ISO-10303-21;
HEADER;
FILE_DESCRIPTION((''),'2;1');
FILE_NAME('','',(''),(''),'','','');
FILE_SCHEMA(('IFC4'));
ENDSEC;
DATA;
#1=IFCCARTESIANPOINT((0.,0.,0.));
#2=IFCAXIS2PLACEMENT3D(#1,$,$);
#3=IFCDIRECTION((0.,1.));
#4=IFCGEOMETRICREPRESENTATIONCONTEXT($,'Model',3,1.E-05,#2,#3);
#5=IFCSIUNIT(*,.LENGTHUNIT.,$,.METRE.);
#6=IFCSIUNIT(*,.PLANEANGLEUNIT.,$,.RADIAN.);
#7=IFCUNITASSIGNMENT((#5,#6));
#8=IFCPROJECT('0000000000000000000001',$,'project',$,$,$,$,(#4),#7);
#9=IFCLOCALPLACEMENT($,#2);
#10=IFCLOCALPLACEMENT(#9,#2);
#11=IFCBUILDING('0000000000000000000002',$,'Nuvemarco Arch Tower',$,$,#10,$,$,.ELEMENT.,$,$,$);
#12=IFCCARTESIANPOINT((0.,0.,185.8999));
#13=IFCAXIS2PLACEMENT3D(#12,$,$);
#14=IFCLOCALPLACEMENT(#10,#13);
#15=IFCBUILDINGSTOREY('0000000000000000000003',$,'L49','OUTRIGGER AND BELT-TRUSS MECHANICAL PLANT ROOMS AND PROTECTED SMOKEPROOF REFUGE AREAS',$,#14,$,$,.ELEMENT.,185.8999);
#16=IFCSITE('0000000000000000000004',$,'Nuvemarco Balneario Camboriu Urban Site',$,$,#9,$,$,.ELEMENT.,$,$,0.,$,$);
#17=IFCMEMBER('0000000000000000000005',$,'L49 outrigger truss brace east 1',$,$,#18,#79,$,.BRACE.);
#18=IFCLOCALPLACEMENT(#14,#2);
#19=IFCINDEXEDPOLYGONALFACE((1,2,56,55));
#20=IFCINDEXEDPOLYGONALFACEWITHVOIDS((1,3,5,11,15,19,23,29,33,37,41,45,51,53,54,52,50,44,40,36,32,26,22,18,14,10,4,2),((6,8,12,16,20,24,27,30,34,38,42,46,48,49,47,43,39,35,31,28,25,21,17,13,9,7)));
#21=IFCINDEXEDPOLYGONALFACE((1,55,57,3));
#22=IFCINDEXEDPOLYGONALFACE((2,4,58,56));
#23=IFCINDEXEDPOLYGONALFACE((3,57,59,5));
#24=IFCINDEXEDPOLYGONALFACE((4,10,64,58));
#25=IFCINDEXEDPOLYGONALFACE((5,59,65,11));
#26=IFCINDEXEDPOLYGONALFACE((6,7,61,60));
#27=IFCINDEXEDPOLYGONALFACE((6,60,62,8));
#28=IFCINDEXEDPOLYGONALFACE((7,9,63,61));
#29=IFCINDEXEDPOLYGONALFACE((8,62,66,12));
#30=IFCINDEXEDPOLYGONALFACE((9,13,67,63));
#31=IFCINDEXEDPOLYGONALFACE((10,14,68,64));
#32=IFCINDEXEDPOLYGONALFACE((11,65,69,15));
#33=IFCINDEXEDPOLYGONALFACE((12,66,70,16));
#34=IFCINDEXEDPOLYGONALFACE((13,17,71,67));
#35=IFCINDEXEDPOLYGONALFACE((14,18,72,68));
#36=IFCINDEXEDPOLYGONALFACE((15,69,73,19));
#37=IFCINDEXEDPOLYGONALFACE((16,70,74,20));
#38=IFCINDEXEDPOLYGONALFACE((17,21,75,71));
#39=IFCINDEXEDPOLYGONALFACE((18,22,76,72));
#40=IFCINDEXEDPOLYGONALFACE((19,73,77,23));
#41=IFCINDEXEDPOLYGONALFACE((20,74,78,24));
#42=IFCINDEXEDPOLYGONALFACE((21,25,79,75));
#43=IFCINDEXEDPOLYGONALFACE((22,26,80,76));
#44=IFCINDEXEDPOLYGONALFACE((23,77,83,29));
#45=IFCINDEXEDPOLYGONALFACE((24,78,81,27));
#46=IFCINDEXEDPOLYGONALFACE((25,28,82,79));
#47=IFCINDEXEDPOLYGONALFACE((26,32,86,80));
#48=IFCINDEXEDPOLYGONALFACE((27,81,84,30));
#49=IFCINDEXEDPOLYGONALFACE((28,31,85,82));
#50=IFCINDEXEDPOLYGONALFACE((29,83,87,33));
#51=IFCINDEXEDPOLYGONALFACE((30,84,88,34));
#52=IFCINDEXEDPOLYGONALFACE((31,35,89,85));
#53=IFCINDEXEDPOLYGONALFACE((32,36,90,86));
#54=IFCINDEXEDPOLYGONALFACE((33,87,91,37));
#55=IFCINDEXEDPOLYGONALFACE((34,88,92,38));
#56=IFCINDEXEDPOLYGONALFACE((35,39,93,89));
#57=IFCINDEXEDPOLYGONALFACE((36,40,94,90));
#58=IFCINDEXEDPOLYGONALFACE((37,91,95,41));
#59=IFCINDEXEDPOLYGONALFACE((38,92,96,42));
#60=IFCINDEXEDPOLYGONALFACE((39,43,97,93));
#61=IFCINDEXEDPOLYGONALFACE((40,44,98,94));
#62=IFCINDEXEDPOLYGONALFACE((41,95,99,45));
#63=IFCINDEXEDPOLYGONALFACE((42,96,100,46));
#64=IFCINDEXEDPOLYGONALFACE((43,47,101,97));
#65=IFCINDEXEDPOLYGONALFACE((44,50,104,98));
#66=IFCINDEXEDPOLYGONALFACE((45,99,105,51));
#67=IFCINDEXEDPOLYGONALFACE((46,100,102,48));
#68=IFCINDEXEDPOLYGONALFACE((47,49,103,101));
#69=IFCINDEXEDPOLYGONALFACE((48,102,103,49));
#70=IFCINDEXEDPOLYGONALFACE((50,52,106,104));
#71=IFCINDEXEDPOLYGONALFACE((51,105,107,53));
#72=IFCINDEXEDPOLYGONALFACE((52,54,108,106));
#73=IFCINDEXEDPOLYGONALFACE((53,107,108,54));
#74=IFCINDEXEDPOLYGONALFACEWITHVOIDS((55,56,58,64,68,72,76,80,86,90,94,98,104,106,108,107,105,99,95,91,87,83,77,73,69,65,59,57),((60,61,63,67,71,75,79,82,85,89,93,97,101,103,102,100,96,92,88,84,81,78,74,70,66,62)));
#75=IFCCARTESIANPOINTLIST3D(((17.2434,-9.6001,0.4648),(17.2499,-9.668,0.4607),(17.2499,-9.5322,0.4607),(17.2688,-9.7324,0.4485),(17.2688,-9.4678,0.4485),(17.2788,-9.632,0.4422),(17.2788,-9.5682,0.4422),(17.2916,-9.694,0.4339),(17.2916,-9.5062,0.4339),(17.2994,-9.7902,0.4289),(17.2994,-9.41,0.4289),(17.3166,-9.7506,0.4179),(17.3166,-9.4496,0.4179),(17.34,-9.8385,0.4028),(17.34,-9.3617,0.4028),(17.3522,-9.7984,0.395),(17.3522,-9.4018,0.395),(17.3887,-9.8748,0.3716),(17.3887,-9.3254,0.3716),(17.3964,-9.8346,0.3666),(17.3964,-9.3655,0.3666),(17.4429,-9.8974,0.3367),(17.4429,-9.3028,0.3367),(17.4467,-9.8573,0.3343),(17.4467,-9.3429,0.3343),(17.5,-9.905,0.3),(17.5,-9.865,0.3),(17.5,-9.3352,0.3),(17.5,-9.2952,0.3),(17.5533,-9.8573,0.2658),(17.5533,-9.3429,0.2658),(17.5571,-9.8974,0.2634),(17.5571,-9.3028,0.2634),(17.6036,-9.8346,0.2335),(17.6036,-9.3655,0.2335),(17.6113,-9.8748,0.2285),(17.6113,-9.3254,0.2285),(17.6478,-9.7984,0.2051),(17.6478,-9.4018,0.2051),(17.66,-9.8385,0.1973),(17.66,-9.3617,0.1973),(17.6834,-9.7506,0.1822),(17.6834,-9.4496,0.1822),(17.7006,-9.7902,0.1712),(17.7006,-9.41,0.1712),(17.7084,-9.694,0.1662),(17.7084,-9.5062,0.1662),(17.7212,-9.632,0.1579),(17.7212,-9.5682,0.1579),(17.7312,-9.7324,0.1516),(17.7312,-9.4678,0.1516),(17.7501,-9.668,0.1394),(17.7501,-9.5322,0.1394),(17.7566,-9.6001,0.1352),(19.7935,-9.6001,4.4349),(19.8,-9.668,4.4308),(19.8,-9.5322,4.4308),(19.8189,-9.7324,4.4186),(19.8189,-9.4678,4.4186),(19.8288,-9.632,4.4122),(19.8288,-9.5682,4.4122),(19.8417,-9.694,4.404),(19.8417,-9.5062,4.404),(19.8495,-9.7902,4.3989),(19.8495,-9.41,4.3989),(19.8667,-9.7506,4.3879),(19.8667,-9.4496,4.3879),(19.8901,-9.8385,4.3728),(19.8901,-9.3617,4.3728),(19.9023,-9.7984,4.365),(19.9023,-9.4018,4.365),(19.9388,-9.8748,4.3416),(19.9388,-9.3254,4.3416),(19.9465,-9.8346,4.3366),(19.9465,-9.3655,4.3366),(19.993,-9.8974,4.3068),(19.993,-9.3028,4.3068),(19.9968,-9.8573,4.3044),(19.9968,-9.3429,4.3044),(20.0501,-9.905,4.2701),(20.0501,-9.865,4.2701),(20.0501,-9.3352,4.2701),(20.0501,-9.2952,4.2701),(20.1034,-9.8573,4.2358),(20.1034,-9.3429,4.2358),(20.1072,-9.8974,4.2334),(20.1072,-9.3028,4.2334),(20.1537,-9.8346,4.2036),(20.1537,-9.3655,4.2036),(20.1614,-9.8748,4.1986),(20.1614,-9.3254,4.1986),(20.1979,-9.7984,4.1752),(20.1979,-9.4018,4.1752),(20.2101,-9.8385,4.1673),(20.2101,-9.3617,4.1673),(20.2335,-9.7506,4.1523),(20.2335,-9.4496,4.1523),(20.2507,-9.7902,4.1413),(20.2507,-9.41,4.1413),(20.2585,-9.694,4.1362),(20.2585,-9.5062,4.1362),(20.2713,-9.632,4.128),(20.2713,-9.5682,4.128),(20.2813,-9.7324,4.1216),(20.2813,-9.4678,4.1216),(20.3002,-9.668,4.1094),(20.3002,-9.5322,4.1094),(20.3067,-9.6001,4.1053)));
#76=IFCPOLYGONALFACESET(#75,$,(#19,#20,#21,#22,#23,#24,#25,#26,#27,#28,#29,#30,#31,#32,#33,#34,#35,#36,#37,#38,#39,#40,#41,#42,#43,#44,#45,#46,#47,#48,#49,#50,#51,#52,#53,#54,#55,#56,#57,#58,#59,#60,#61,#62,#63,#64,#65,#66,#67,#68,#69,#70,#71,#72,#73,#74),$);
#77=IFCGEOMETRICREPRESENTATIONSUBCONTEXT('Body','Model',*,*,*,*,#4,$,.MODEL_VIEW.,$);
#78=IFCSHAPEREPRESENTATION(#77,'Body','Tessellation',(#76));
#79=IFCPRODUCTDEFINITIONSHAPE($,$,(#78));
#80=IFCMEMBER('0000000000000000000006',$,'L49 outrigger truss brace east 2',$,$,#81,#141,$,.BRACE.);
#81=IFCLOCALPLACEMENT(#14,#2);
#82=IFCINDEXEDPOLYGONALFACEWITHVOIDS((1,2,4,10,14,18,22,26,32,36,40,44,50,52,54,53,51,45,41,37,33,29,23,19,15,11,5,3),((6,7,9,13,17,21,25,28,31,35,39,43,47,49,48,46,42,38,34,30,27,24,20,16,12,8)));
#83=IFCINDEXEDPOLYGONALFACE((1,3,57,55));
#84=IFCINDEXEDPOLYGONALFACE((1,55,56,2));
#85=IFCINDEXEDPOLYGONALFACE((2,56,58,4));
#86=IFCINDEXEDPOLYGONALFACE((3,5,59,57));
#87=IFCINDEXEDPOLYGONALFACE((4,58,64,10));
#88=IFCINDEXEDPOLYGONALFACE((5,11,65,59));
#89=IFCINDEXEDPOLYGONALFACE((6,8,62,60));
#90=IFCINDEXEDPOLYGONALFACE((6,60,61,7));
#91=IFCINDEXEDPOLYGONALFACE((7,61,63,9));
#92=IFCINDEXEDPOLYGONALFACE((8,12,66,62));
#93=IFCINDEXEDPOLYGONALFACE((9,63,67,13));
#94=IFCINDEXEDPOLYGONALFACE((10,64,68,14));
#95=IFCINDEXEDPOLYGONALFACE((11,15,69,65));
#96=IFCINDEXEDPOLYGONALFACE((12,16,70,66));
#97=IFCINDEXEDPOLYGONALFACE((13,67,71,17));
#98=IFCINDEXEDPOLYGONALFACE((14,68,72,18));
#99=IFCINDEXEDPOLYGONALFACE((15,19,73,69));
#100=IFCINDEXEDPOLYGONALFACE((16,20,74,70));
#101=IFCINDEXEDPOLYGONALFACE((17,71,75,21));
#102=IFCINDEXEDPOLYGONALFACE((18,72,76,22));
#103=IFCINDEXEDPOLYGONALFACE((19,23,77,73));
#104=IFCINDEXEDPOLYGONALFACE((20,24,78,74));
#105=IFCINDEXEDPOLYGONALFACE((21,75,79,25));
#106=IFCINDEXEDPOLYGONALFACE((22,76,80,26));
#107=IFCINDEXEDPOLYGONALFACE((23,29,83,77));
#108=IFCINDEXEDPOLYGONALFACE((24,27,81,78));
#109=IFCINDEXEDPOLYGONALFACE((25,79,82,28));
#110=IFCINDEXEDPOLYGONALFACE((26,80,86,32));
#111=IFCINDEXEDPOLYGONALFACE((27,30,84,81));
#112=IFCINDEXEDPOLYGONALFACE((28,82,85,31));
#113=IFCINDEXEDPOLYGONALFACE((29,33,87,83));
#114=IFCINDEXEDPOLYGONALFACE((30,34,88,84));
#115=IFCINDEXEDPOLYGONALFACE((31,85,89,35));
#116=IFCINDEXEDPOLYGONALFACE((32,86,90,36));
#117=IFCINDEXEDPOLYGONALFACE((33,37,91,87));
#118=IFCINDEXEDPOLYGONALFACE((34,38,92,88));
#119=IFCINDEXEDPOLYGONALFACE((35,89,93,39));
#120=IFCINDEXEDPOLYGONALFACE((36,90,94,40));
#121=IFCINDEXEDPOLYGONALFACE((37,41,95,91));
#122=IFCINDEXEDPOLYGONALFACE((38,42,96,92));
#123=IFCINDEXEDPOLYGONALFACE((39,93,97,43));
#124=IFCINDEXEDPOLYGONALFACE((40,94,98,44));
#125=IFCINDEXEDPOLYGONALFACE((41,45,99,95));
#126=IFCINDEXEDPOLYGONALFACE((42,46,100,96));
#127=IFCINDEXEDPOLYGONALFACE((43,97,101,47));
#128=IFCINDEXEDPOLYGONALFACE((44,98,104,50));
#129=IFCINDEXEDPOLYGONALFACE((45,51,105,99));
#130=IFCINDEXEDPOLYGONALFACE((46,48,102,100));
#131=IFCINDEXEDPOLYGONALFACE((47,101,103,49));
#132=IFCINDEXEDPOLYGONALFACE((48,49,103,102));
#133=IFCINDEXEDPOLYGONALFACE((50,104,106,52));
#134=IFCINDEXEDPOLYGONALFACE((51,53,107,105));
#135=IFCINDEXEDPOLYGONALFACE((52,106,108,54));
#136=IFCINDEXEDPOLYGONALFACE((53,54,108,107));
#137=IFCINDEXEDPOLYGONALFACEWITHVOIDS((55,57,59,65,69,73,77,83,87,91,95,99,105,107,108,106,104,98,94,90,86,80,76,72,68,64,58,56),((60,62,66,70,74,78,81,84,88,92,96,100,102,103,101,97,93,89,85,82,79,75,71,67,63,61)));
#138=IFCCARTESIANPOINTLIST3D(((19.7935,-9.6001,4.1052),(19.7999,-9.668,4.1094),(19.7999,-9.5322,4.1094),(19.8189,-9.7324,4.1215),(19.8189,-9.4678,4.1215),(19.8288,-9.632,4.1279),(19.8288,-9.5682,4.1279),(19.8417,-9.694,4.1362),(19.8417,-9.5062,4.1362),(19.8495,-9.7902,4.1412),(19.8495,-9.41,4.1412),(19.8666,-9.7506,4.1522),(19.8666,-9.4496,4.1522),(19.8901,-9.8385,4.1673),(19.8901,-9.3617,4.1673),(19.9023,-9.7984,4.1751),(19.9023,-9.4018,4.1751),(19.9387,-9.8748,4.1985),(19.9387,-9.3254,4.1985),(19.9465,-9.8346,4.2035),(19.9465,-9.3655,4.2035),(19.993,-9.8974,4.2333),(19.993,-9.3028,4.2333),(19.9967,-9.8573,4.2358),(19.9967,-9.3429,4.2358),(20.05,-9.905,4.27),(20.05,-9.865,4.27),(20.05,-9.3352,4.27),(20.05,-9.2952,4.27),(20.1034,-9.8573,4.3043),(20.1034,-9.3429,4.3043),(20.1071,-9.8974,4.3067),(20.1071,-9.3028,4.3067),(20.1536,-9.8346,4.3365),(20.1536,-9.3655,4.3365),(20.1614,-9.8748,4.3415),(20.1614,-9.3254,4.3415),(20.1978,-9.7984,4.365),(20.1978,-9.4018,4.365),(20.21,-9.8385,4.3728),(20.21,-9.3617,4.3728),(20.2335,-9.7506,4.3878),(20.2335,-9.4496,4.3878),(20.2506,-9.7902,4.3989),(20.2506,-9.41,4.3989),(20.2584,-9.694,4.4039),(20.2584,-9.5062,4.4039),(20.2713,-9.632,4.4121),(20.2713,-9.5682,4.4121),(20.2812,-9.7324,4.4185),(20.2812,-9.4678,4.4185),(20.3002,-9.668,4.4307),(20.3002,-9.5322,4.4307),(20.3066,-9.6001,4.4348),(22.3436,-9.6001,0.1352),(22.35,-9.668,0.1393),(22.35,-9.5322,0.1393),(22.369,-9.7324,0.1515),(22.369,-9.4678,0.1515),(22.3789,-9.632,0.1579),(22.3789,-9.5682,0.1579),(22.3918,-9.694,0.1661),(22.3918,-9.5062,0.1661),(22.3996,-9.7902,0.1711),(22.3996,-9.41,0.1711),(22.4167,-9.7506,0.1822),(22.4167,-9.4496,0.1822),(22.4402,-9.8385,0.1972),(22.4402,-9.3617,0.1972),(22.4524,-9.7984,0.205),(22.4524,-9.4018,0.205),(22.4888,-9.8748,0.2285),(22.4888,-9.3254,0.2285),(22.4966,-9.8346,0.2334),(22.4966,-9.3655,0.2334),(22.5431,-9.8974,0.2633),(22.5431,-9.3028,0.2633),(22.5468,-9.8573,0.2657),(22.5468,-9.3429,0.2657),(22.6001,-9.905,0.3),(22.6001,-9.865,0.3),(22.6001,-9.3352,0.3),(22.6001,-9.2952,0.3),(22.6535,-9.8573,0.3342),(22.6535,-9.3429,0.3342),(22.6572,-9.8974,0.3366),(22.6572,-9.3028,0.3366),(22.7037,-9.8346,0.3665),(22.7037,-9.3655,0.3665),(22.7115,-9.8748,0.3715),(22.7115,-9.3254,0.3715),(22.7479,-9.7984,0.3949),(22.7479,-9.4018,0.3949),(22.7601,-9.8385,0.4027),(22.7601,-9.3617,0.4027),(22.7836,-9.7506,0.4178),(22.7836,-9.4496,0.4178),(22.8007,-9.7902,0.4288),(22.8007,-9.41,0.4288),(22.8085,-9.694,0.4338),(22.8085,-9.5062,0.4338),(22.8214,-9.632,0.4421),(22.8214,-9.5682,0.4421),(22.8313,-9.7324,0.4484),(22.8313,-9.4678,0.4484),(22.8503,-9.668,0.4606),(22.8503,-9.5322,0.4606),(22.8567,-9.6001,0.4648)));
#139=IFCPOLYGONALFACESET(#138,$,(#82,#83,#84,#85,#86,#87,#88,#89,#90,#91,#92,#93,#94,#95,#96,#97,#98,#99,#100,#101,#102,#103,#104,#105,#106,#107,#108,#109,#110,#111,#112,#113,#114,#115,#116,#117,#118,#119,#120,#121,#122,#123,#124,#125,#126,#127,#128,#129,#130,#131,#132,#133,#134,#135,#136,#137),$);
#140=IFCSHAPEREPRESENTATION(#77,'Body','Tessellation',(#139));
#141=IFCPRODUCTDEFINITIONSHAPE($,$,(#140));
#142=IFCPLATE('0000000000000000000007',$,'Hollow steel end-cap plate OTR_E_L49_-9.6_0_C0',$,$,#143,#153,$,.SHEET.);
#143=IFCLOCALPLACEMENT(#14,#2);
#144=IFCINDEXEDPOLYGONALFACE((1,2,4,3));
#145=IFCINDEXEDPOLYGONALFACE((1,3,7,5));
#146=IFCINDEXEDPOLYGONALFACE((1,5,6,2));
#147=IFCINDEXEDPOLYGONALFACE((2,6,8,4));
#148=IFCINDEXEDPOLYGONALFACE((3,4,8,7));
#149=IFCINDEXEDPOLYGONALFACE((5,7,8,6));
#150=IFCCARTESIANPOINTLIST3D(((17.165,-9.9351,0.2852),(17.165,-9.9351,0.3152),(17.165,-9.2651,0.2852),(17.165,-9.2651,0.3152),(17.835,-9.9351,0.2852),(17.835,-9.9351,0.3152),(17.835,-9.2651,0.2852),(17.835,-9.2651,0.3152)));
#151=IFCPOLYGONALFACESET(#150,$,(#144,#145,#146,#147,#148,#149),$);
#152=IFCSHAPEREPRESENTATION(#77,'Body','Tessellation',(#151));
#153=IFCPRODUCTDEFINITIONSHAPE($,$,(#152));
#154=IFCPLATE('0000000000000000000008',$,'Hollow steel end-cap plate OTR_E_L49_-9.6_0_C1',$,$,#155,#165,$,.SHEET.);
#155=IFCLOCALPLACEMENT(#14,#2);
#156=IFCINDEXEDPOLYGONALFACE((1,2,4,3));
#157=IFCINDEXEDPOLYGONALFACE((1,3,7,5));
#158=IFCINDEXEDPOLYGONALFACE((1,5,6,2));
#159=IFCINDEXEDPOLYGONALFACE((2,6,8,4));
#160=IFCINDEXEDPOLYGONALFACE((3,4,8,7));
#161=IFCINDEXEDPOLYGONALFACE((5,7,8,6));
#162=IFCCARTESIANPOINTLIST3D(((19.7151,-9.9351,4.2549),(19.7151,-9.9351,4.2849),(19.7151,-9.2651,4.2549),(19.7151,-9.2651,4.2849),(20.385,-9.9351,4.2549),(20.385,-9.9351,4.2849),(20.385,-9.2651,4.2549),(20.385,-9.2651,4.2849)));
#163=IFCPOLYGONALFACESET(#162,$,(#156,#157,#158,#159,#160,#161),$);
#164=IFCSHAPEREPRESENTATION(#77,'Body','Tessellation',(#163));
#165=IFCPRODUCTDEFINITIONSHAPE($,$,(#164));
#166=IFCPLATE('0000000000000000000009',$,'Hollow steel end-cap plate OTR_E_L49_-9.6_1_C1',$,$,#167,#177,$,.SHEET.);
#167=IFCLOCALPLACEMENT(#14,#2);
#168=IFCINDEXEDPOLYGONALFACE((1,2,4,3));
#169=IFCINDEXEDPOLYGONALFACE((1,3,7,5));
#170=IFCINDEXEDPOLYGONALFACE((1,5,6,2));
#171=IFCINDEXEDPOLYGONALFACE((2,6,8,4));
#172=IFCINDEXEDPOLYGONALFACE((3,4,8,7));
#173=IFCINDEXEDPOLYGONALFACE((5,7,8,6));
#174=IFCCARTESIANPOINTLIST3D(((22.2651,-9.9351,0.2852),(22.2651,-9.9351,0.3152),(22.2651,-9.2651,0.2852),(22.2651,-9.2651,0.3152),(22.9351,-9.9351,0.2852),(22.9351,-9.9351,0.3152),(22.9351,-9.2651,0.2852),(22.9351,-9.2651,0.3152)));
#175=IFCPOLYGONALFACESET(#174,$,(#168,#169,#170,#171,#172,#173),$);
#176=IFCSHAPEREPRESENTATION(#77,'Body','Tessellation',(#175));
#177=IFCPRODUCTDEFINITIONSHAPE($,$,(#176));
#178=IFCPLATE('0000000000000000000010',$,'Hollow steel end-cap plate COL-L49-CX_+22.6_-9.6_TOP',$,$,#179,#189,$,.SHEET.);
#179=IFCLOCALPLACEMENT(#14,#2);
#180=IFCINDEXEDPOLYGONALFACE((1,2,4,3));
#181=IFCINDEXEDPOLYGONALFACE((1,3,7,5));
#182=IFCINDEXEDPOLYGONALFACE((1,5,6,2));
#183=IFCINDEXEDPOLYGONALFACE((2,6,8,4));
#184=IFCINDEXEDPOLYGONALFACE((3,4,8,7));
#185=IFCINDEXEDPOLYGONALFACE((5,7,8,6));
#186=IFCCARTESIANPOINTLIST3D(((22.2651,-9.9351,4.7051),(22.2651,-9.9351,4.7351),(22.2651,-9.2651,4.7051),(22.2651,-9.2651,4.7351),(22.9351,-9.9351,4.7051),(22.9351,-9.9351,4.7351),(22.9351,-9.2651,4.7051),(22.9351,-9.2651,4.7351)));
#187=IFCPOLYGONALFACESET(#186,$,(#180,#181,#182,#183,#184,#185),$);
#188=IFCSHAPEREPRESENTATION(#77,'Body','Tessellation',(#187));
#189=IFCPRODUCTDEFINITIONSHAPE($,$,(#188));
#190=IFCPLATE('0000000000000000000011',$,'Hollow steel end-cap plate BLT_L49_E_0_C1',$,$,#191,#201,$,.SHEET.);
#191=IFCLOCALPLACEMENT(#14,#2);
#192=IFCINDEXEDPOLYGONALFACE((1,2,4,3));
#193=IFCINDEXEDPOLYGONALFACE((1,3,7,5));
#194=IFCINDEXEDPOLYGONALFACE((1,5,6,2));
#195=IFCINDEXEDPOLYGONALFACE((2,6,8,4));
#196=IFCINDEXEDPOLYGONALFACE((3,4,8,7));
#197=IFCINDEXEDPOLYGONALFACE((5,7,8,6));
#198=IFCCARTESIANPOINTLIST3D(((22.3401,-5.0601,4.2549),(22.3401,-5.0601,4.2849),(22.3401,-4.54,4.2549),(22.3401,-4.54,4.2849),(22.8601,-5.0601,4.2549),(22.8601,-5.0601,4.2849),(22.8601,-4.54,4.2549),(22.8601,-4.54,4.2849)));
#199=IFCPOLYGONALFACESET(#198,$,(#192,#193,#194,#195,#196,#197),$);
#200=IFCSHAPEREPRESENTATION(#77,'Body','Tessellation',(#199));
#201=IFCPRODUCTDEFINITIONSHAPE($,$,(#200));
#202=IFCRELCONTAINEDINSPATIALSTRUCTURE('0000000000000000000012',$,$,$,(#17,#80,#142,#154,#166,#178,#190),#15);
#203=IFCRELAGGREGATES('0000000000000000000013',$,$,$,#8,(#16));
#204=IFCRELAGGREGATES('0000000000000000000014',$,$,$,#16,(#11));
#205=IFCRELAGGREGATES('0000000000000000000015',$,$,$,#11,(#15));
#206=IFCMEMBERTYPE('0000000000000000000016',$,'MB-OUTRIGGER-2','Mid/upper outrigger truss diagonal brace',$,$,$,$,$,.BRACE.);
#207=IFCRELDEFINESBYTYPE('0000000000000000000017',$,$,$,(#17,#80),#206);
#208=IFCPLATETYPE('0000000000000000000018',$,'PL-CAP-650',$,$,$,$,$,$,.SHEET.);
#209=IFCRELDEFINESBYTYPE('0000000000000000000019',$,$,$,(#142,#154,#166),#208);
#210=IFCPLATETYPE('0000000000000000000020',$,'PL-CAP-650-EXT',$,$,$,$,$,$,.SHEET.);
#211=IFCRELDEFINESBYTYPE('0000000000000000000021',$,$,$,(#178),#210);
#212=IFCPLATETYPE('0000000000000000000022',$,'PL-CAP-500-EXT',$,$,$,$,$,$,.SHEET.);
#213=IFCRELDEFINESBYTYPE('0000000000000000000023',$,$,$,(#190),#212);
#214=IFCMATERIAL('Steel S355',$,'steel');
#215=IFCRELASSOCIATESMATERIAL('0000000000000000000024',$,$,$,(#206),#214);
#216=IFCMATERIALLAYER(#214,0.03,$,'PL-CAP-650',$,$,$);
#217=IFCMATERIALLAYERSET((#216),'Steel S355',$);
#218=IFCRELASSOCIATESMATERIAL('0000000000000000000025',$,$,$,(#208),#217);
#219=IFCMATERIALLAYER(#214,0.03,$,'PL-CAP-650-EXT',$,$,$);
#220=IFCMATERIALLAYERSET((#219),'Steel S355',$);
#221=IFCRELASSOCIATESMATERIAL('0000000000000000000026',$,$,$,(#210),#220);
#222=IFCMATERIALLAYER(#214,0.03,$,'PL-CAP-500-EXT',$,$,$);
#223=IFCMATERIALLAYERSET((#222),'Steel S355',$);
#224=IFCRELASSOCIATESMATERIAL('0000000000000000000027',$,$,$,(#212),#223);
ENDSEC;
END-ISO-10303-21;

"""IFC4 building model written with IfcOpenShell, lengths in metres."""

from ifc_helpers import new_model, si_unit, direction, frame, origin, origin_2d, place, context, subcontext, project, spatial, rectangle, hollow_circle, extrude, source, transform, mapped, material, layer, layer_set, material_profile, profile_set, type_object, type_shapes, element, save


model = new_model("IFC4")

# Units and contexts
model_context = context("Model", 3, precision=1e-05, world=origin(), true_north=direction((0.0, 1.0)))
body_context = subcontext(model_context, "Body", "Model", "MODEL_VIEW")
ifc_project = project(units=[si_unit("LENGTHUNIT", "METRE"), si_unit("PLANEANGLEUNIT", "RADIAN")], contexts=[model_context])

# Site, building, storey
site_placement = place(None, origin())
site = spatial("IfcSite", under=ifc_project, at=site_placement, Name="Nuvemarco Balneario Camboriu Urban Site", CompositionType="ELEMENT", RefElevation=0.0)
building_placement = place(site_placement, origin())
building = spatial("IfcBuilding", under=site, at=building_placement, Name="Nuvemarco Arch Tower", CompositionType="ELEMENT")
storey_placement = place(building_placement, frame((0.0, 0.0, 185.8999)))
storey = spatial("IfcBuildingStorey", under=building, at=storey_placement, Name="L49", Description="OUTRIGGER AND BELT-TRUSS MECHANICAL PLANT ROOMS AND PROTECTED SMOKEPROOF REFUGE AREAS", CompositionType="ELEMENT", Elevation=185.8999)

# Shared definitions
ifc_material_1 = material(Name="Steel S355", Category="steel")

# Members
ifc_material_profile_1 = material_profile(ifc_material_1, hollow_circle(Radius=0.3049, WallThickness=0.04, at=origin_2d()), Name="CHS610x40")
ifc_profile_set_1 = profile_set([ifc_material_profile_1], Name="Steel S355")
member_type_1 = type_object("IfcMemberType", Name="MB-OUTRIGGER-2", Description="Mid/upper outrigger truss diagonal brace", PredefinedType="BRACE", material=ifc_profile_set_1)
for number, where, z_axis, x_axis, name in (
    (1, (17.5, -9.6001, 0.3), (0.540446, 0.0, 0.841378), (0.0, 1.0, 0.0), "L49 outrigger truss brace east 1"),
    (2, (20.05, -9.6001, 4.27), (0.540446, 0.0, -0.841378), (0.0, 1.0, 0.0), "L49 outrigger truss brace east 2"),
):
    element("IfcMember", number, at=place(storey_placement, frame(where, z_axis=z_axis, x_axis=x_axis)), inside=storey, type_object=member_type_1, Name=name, PredefinedType="BRACE", context=body_context, shape_type="SweptSolid", body=[
        extrude(hollow_circle(Radius=0.3049, WallThickness=0.04, at=origin_2d()), origin(), (0.0, 0.0, 1.0), 4.7185),
    ])

# Plates
ifc_layer_1 = layer(ifc_material_1, 0.03, Name="PL-CAP-650")
ifc_layer_set_1 = layer_set([ifc_layer_1], Name="Steel S355")
plate_type_1 = type_object("IfcPlateType", Name="PL-CAP-650", PredefinedType="SHEET", material=ifc_layer_set_1)
shared_shape_1 = source(origin(), body_context, "Body", "SweptSolid", [
    extrude(rectangle(XDim=0.6699, YDim=0.6699, at=origin_2d()), origin(), (0.0, 0.0, 1.0), 0.03),
])
type_shapes(plate_type_1, [shared_shape_1])
for number, where, z_axis, x_axis, name in (
    (3, (17.5, -9.6001, 0.2852), (0.0, 0.0, 1.0), (1.0, 0.0, 0.0), "Hollow steel end-cap plate OTR_E_L49_-9.6_0_C0"),
    (4, (20.05, -9.6001, 4.2549), (0.0, 0.0, 1.0), (1.0, 0.0, 0.0), "Hollow steel end-cap plate OTR_E_L49_-9.6_0_C1"),
    (5, (22.6001, -9.6001, 0.2852), (0.0, 0.0, 1.0), (1.0, 0.0, 0.0), "Hollow steel end-cap plate OTR_E_L49_-9.6_1_C1"),
):
    element("IfcPlate", number, at=place(storey_placement, frame(where, z_axis=z_axis, x_axis=x_axis)), inside=storey, type_object=plate_type_1, Name=name, PredefinedType="SHEET", context=body_context, shape_type="MappedRepresentation", body=[
        mapped(shared_shape_1, transform((0.0, 0.0, 0.0), scale=1.0)),
    ])
ifc_layer_2 = layer(ifc_material_1, 0.03, Name="PL-CAP-650-EXT")
ifc_layer_set_2 = layer_set([ifc_layer_2], Name="Steel S355")
plate_type_2 = type_object("IfcPlateType", Name="PL-CAP-650-EXT", PredefinedType="SHEET", material=ifc_layer_set_2)
shared_shape_2 = source(origin(), body_context, "Body", "SweptSolid", [
    extrude(rectangle(XDim=0.6699, YDim=0.6699, at=origin_2d()), origin(), (0.0, 0.0, 1.0), 0.03),
])
type_shapes(plate_type_2, [shared_shape_2])
plate_1_placement = place(storey_placement, frame((22.6001, -9.6001, 4.7051), z_axis=(0.0, 0.0, 1.0), x_axis=(1.0, 0.0, 0.0)))
element("IfcPlate", 6, at=plate_1_placement, inside=storey, type_object=plate_type_2, Name="Hollow steel end-cap plate COL-L49-CX_+22.6_-9.6_TOP", PredefinedType="SHEET", context=body_context, shape_type="MappedRepresentation", body=[
    mapped(shared_shape_2, transform((0.0, 0.0, 0.0), scale=1.0)),
])
ifc_layer_3 = layer(ifc_material_1, 0.03, Name="PL-CAP-500-EXT")
ifc_layer_set_3 = layer_set([ifc_layer_3], Name="Steel S355")
plate_type_3 = type_object("IfcPlateType", Name="PL-CAP-500-EXT", PredefinedType="SHEET", material=ifc_layer_set_3)
shared_shape_3 = source(origin(), body_context, "Body", "SweptSolid", [
    extrude(rectangle(XDim=0.52, YDim=0.52, at=origin_2d()), origin(), (0.0, 0.0, 1.0), 0.03),
])
type_shapes(plate_type_3, [shared_shape_3])
plate_2_placement = place(storey_placement, frame((22.6001, -4.8, 4.2549), z_axis=(0.0, 0.0, 1.0), x_axis=(1.0, 0.0, 0.0)))
element("IfcPlate", 7, at=plate_2_placement, inside=storey, type_object=plate_type_3, Name="Hollow steel end-cap plate BLT_L49_E_0_C1", PredefinedType="SHEET", context=body_context, shape_type="MappedRepresentation", body=[
    mapped(shared_shape_3, transform((0.0, 0.0, 0.0), scale=1.0)),
])

save(model, "model.ifc")
